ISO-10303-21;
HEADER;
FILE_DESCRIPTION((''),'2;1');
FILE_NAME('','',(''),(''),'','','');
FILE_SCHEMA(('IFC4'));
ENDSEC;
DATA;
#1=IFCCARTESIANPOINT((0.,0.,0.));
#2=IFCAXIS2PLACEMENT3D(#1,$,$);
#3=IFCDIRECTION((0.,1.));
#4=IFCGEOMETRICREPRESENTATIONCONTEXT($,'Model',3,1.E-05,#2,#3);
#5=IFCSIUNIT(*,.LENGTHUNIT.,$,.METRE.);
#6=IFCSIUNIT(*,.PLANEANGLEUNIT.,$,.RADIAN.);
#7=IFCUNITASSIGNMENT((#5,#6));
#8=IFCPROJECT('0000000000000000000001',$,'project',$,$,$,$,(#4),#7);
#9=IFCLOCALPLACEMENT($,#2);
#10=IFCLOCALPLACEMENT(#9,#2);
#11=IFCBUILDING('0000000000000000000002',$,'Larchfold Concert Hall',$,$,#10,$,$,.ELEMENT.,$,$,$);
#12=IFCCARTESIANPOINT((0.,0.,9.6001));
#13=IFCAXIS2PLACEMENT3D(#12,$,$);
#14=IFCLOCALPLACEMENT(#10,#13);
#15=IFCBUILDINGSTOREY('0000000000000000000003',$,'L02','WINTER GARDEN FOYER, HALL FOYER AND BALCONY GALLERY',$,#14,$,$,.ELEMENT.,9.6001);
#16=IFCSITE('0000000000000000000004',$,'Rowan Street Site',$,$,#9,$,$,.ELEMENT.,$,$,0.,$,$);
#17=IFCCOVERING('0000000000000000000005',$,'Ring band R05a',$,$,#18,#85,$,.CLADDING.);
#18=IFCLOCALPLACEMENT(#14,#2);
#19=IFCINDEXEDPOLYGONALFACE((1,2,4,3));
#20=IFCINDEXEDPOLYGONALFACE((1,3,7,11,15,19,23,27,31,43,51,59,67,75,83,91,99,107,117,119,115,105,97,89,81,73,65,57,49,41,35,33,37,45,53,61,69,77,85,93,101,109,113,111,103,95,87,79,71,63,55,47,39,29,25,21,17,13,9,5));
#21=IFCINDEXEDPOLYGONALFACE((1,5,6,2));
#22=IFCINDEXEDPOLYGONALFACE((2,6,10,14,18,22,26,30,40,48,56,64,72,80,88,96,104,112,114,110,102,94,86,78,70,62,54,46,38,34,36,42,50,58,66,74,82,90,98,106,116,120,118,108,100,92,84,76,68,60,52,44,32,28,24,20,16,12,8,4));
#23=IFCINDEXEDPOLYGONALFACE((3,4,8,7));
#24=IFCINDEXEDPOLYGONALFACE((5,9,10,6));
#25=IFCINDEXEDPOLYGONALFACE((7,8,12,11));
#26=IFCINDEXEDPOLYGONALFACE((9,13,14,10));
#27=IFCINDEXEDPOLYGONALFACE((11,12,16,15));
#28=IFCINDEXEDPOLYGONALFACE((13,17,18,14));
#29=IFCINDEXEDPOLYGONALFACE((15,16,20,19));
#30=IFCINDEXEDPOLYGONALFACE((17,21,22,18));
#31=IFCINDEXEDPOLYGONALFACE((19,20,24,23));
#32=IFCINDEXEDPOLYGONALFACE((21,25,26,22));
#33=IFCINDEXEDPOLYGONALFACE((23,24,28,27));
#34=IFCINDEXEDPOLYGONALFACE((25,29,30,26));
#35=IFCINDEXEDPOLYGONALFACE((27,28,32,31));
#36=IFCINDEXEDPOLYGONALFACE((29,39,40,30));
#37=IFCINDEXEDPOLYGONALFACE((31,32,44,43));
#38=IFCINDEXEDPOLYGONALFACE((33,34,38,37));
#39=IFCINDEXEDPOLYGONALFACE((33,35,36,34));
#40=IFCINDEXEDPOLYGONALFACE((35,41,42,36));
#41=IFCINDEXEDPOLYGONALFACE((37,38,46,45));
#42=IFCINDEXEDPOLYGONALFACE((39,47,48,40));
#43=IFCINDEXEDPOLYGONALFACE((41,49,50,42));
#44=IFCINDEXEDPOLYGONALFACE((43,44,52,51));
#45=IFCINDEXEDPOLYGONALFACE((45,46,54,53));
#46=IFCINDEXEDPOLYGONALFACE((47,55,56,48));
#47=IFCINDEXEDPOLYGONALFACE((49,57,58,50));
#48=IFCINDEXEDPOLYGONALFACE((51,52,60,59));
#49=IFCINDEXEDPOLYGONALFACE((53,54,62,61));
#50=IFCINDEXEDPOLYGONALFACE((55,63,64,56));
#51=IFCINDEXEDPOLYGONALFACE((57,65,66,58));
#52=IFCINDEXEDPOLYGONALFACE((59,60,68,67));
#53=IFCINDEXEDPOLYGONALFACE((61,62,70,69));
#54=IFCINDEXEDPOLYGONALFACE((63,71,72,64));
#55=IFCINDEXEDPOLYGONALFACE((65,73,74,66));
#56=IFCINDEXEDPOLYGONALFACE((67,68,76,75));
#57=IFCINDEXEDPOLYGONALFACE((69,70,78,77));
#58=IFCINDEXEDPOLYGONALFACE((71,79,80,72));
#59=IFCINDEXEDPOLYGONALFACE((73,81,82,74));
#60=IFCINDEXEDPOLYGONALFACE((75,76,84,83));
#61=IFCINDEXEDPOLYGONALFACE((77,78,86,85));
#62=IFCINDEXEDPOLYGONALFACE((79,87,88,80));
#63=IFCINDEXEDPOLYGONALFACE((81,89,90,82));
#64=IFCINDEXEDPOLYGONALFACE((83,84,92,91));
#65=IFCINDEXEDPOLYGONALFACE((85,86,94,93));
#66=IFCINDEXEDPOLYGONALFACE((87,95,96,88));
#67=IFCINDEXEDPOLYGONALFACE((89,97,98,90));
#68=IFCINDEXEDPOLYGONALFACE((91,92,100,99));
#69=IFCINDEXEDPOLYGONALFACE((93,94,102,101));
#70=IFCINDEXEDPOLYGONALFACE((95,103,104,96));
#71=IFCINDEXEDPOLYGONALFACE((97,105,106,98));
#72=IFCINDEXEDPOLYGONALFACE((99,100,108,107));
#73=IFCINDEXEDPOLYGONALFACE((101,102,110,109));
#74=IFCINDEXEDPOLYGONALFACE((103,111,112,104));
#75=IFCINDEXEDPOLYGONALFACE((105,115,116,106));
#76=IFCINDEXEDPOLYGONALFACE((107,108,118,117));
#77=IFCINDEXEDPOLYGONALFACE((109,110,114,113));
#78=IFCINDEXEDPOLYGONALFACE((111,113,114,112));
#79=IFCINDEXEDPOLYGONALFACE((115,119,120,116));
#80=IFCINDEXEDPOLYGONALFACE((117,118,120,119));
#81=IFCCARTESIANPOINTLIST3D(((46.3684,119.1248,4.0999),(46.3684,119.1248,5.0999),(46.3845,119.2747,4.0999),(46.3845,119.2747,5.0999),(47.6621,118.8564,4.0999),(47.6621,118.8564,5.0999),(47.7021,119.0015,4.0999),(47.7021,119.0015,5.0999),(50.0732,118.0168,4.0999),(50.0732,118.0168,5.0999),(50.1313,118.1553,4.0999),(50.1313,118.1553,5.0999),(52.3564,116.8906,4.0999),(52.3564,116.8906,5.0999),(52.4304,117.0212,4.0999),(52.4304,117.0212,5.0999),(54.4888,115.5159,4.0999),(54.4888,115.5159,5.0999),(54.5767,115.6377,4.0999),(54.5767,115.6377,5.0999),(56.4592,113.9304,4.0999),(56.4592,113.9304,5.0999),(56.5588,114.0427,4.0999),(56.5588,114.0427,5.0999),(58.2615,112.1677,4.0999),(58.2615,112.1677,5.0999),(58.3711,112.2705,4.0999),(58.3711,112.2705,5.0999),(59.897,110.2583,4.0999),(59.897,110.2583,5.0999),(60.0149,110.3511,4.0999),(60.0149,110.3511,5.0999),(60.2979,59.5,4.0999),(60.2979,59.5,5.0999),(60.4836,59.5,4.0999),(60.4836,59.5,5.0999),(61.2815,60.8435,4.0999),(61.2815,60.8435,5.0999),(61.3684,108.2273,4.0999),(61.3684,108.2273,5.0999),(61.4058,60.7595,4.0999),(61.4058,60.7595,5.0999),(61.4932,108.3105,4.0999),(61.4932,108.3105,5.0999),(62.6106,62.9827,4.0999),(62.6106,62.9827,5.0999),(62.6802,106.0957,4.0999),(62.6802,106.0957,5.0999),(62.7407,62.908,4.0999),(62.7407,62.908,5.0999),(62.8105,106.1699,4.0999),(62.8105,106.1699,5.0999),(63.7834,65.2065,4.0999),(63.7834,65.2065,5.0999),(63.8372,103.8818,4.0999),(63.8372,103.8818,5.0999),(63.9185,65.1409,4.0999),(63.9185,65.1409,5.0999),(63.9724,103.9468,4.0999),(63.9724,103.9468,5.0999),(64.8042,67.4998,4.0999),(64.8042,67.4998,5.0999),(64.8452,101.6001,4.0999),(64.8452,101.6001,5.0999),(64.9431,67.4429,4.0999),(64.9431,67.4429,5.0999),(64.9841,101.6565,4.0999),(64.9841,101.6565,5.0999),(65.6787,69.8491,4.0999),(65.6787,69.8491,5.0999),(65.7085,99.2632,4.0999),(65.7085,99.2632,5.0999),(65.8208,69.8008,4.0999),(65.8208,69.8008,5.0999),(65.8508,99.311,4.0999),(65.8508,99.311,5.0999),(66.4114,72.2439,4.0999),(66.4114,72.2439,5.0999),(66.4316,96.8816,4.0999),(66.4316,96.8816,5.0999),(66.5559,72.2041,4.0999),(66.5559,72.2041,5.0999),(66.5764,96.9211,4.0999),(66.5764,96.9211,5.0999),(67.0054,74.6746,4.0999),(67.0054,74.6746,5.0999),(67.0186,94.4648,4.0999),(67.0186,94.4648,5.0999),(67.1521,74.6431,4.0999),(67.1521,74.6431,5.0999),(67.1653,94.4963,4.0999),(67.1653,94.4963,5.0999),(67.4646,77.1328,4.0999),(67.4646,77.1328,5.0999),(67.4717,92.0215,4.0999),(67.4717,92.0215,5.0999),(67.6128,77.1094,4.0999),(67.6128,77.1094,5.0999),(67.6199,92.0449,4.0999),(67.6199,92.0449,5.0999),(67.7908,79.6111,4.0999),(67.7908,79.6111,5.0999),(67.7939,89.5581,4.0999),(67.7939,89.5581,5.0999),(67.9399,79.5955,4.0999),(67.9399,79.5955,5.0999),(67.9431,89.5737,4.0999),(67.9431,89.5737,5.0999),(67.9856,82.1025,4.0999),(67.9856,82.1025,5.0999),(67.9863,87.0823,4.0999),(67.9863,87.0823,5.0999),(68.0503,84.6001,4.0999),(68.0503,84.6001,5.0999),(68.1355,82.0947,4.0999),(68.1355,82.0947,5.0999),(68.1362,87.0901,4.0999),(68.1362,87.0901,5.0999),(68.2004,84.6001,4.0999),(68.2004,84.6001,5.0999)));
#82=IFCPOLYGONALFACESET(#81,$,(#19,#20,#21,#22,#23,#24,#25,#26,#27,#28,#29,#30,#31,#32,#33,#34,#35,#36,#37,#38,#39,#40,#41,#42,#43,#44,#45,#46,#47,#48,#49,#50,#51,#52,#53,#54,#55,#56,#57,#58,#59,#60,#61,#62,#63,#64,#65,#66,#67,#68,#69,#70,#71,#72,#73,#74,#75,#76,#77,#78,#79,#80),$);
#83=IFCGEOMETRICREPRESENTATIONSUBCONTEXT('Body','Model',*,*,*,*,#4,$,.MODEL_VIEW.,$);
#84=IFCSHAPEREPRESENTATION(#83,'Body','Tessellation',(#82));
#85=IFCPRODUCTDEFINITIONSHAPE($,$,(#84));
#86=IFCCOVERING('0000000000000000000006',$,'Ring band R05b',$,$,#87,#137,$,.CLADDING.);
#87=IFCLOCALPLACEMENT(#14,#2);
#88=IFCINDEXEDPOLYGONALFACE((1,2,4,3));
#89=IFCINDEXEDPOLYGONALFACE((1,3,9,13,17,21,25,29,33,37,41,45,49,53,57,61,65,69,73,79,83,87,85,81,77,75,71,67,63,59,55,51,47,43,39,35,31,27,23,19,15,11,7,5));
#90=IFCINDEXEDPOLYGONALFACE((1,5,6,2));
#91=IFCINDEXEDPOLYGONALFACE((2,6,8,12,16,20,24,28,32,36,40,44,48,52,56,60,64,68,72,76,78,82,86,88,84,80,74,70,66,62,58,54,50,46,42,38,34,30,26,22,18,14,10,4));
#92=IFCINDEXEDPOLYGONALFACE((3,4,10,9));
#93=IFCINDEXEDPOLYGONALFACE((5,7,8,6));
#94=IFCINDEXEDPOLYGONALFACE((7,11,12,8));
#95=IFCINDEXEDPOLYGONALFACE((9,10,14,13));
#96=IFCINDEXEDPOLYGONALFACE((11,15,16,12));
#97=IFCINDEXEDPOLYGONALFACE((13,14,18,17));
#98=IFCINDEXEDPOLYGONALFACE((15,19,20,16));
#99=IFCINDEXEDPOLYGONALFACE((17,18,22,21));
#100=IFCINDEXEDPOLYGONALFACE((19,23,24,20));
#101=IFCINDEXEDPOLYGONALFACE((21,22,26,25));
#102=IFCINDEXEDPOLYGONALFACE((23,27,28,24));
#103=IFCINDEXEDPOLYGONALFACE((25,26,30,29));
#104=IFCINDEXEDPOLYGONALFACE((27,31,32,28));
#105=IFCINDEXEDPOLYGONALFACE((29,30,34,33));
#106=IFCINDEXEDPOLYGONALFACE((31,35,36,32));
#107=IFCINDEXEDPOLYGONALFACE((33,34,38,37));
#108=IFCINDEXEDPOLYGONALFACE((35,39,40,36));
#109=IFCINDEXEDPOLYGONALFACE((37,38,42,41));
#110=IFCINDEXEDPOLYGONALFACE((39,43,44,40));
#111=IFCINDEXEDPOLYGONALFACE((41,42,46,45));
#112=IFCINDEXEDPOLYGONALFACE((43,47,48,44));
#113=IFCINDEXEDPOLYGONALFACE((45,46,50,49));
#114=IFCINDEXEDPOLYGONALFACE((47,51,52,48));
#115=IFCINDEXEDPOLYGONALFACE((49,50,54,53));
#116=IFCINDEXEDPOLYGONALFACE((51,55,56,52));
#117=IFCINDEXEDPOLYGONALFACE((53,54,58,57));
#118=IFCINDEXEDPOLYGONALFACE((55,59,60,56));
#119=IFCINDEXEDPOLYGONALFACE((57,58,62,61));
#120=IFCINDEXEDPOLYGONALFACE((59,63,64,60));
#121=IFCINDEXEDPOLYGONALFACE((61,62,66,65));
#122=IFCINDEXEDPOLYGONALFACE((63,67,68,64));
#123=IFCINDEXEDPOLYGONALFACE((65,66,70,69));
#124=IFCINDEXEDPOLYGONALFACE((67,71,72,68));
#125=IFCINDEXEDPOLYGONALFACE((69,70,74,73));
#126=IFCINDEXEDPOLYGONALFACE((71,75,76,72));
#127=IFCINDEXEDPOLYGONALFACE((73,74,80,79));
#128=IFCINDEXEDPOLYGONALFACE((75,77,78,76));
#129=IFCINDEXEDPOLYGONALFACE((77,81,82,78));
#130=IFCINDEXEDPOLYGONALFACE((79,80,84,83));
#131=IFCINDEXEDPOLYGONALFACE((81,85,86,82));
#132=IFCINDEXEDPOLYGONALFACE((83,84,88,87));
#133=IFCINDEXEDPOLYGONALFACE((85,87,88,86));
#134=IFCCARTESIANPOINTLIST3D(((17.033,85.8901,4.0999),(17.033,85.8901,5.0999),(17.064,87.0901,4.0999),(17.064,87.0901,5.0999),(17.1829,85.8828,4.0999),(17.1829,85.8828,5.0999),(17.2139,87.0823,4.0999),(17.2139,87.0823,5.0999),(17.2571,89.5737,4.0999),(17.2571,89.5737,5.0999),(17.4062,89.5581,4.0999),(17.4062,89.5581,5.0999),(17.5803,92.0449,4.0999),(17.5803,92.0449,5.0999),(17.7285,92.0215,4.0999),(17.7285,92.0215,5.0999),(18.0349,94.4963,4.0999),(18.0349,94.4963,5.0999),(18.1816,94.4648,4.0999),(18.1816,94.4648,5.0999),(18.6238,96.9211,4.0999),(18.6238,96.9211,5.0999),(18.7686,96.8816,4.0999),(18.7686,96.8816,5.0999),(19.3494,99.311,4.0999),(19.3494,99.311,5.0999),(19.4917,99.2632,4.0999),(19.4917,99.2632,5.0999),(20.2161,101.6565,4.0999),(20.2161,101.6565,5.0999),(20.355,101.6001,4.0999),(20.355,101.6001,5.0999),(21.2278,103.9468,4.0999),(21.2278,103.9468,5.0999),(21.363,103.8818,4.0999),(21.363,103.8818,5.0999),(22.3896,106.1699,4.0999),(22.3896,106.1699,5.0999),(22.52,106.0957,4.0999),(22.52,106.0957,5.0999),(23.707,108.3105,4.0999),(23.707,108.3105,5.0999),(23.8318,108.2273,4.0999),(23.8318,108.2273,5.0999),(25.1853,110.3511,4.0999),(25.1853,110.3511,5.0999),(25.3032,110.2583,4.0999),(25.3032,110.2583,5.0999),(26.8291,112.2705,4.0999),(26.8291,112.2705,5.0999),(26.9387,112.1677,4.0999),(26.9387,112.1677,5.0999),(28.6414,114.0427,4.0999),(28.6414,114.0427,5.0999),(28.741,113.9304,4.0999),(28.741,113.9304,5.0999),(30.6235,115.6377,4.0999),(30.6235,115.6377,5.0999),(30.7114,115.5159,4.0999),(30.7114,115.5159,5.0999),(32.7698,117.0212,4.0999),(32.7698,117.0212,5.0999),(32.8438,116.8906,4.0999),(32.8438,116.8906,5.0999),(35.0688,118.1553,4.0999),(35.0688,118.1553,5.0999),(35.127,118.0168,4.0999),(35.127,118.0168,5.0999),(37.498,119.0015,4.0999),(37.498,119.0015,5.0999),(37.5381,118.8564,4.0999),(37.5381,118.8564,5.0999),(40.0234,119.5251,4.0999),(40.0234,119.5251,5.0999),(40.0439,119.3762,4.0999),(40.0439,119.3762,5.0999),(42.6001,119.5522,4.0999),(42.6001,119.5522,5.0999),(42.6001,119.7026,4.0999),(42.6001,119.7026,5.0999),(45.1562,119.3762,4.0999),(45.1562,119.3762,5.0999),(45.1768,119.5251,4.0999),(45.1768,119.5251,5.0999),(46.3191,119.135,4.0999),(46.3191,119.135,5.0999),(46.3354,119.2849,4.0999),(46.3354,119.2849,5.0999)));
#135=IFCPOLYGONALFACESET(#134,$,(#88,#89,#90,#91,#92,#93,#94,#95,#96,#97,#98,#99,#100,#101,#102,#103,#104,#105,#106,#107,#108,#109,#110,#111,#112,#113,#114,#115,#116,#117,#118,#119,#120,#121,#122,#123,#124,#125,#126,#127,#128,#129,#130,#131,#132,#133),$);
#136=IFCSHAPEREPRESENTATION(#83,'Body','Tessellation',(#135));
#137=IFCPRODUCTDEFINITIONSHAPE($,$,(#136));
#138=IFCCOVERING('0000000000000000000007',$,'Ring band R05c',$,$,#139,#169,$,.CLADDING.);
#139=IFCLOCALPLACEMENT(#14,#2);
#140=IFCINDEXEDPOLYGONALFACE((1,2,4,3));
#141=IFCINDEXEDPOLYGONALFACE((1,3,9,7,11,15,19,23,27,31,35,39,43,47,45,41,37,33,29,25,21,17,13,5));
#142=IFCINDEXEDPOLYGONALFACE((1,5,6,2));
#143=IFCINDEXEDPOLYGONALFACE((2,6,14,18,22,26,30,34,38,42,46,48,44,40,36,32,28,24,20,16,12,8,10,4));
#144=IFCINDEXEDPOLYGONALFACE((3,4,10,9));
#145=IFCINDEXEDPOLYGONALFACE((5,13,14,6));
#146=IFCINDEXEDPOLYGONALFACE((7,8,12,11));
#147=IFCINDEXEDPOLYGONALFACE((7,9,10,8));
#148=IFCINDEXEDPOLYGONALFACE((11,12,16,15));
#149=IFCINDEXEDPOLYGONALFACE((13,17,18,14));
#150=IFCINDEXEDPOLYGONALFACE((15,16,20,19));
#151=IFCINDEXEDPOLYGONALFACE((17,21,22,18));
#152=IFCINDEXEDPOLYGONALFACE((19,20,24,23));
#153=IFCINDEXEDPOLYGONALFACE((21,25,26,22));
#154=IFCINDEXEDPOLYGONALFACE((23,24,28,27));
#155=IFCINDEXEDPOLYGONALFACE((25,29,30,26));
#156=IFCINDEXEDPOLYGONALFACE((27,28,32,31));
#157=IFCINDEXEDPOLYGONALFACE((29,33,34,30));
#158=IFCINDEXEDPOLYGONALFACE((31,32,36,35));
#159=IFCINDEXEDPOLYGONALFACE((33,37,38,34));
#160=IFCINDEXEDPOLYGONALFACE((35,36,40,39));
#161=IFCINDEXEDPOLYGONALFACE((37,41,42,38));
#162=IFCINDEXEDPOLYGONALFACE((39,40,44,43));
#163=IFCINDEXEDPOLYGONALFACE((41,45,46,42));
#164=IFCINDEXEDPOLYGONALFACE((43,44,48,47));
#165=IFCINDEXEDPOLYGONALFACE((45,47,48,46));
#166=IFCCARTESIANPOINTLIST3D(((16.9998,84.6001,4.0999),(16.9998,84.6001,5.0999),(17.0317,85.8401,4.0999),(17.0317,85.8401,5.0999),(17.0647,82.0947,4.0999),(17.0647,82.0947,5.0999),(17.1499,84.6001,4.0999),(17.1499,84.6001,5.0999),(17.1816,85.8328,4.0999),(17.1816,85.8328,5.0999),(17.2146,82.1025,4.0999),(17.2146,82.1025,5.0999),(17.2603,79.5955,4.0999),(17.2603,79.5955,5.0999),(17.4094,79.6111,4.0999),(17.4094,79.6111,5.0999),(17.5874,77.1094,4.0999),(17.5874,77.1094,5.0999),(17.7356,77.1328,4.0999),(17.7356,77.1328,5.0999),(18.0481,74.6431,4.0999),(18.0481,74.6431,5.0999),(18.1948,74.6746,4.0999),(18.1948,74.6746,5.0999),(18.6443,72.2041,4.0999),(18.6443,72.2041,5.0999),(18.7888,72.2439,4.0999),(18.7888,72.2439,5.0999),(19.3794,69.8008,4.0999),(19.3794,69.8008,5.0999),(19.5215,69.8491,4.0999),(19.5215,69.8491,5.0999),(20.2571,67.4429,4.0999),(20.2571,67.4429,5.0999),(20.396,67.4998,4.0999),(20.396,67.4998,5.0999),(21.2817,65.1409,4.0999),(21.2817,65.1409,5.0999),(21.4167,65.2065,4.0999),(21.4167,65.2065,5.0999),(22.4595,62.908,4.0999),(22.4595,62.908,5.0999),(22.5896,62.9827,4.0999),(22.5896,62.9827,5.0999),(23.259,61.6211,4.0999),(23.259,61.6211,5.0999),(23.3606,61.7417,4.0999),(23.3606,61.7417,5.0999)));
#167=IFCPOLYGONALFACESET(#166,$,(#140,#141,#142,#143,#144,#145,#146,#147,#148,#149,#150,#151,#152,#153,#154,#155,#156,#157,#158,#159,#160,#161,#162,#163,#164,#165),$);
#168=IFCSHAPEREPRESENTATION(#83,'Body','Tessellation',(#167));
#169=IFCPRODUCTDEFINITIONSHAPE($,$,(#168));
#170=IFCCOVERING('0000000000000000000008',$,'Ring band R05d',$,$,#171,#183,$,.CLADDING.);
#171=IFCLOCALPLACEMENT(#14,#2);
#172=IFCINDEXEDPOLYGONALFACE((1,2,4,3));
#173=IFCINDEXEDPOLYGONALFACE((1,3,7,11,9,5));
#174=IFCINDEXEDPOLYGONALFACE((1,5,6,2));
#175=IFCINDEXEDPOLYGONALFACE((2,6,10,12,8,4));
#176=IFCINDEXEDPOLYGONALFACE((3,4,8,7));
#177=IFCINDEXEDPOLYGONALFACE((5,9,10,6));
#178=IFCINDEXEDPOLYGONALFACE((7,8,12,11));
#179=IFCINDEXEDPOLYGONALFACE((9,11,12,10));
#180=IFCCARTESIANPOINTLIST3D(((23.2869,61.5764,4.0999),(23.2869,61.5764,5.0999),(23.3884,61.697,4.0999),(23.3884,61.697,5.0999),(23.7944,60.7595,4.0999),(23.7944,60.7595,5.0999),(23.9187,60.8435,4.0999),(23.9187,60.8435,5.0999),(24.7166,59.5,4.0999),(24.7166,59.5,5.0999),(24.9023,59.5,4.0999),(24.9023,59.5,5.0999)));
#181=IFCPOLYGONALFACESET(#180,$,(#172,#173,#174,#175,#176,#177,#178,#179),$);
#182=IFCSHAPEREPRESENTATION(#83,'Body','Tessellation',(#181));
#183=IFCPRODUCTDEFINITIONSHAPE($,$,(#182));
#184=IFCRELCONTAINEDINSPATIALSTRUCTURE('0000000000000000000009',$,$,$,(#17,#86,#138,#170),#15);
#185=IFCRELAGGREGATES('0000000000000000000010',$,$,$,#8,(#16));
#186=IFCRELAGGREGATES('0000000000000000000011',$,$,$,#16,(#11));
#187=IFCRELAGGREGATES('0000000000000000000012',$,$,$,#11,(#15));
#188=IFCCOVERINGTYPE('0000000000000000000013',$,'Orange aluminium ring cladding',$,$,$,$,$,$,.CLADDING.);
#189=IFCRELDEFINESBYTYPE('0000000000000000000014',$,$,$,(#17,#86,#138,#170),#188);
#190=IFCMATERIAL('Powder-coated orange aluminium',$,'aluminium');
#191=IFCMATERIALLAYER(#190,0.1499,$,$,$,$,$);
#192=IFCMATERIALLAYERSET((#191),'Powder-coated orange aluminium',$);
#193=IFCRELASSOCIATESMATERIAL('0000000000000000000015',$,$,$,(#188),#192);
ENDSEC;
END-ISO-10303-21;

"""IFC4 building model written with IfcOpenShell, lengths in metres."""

from ifc_helpers import new_model, si_unit, direction, frame, origin, place, context, subcontext, project, spatial, polyline, outline, extrude, material, layer, layer_set, type_object, element, save


model = new_model("IFC4")

# Units and contexts
model_context = context("Model", 3, precision=1e-05, world=origin(), true_north=direction((0.0, 1.0)))
body_context = subcontext(model_context, "Body", "Model", "MODEL_VIEW")
ifc_project = project(units=[si_unit("LENGTHUNIT", "METRE"), si_unit("PLANEANGLEUNIT", "RADIAN")], contexts=[model_context])

# Site, building, storey
site_placement = place(None, origin())
site = spatial("IfcSite", under=ifc_project, at=site_placement, Name="Rowan Street Site", CompositionType="ELEMENT", RefElevation=0.0)
building_placement = place(site_placement, origin())
building = spatial("IfcBuilding", under=site, at=building_placement, Name="Larchfold Concert Hall", CompositionType="ELEMENT")
storey_placement = place(building_placement, frame((0.0, 0.0, 9.6001)))
storey = spatial("IfcBuildingStorey", under=building, at=storey_placement, Name="L02", Description="WINTER GARDEN FOYER, HALL FOYER AND BALCONY GALLERY", CompositionType="ELEMENT", Elevation=9.6001)

# Coverings
ifc_material_1 = material(Name="Powder-coated orange aluminium", Category="aluminium")
ifc_layer_1 = layer(ifc_material_1, 0.1499)
ifc_layer_set_1 = layer_set([ifc_layer_1], Name="Powder-coated orange aluminium")
covering_type_1 = type_object("IfcCoveringType", Name="Orange aluminium ring cladding", PredefinedType="CLADDING", material=ifc_layer_set_1)
covering_1_placement = place(storey_placement, frame((0.0, 0.0, 4.0999)))
element("IfcCovering", 1, at=covering_1_placement, inside=storey, type_object=covering_type_1, Name="Ring band R05a", PredefinedType="CLADDING", context=body_context, shape_type="SweptSolid", body=[
    extrude(outline(polyline([(67.1521, 74.6431), (67.6128, 77.1094), (67.9399, 79.5955), (68.1355, 82.0947), (68.2004, 84.6001), (68.1362, 87.0901), (67.9431, 89.5737), (67.6199, 92.0449), (67.1653, 94.4963), (66.5764, 96.9211), (65.8508, 99.311), (64.9841, 101.6565), (63.9724, 103.9468), (62.8105, 106.1699), (61.4932, 108.3105), (60.0149, 110.3511), (58.3711, 112.2705), (56.5588, 114.0427), (54.5767, 115.6377), (52.4304, 117.0212), (50.1313, 118.1553), (47.7021, 119.0015), (46.3845, 119.2747), (46.3684, 119.1248), (47.6621, 118.8564), (50.0732, 118.0168), (52.3564, 116.8906), (54.4888, 115.5159), (56.4592, 113.9304), (58.2615, 112.1677), (59.897, 110.2583), (61.3684, 108.2273), (62.6802, 106.0957), (63.8372, 103.8818), (64.8452, 101.6001), (65.7085, 99.2632), (66.4316, 96.8816), (67.0186, 94.4648), (67.4717, 92.0215), (67.7939, 89.5581), (67.9863, 87.0823), (68.0503, 84.6001), (67.9856, 82.1025), (67.7908, 79.6111), (67.4646, 77.1328), (67.0054, 74.6746), (66.4114, 72.2439), (65.6787, 69.8491), (64.8042, 67.4998), (63.7834, 65.2065), (62.6106, 62.9827), (61.2815, 60.8435), (60.2979, 59.5), (60.4836, 59.5), (61.4058, 60.7595), (62.7407, 62.908), (63.9185, 65.1409), (64.9431, 67.4429), (65.8208, 69.8008), (66.5559, 72.2041), (67.1521, 74.6431)])), origin(), (0.0, 0.0, 1.0), 1.0),
])
covering_2_placement = place(storey_placement, frame((0.0, 0.0, 4.0999)))
element("IfcCovering", 2, at=covering_2_placement, inside=storey, type_object=covering_type_1, Name="Ring band R05b", PredefinedType="CLADDING", context=body_context, shape_type="SweptSolid", body=[
    extrude(outline(polyline([(42.6001, 119.5522), (45.1562, 119.3762), (46.3191, 119.135), (46.3354, 119.2849), (45.1768, 119.5251), (42.6001, 119.7026), (40.0234, 119.5251), (37.498, 119.0015), (35.0688, 118.1553), (32.7698, 117.0212), (30.6235, 115.6377), (28.6414, 114.0427), (26.8291, 112.2705), (25.1853, 110.3511), (23.707, 108.3105), (22.3896, 106.1699), (21.2278, 103.9468), (20.2161, 101.6565), (19.3494, 99.311), (18.6238, 96.9211), (18.0349, 94.4963), (17.5803, 92.0449), (17.2571, 89.5737), (17.064, 87.0901), (17.033, 85.8901), (17.1829, 85.8828), (17.2139, 87.0823), (17.4062, 89.5581), (17.7285, 92.0215), (18.1816, 94.4648), (18.7686, 96.8816), (19.4917, 99.2632), (20.355, 101.6001), (21.363, 103.8818), (22.52, 106.0957), (23.8318, 108.2273), (25.3032, 110.2583), (26.9387, 112.1677), (28.741, 113.9304), (30.7114, 115.5159), (32.8438, 116.8906), (35.127, 118.0168), (37.5381, 118.8564), (40.0439, 119.3762), (42.6001, 119.5522)])), origin(), (0.0, 0.0, 1.0), 1.0),
])
covering_3_placement = place(storey_placement, frame((0.0, 0.0, 4.0999)))
element("IfcCovering", 3, at=covering_3_placement, inside=storey, type_object=covering_type_1, Name="Ring band R05c", PredefinedType="CLADDING", context=body_context, shape_type="SweptSolid", body=[
    extrude(outline(polyline([(17.1499, 84.6001), (17.1816, 85.8328), (17.0317, 85.8401), (16.9998, 84.6001), (17.0647, 82.0947), (17.2603, 79.5955), (17.5874, 77.1094), (18.0481, 74.6431), (18.6443, 72.2041), (19.3794, 69.8008), (20.2571, 67.4429), (21.2817, 65.1409), (22.4595, 62.908), (23.259, 61.6211), (23.3606, 61.7417), (22.5896, 62.9827), (21.4167, 65.2065), (20.396, 67.4998), (19.5215, 69.8491), (18.7888, 72.2439), (18.1948, 74.6746), (17.7356, 77.1328), (17.4094, 79.6111), (17.2146, 82.1025), (17.1499, 84.6001)])), origin(), (0.0, 0.0, 1.0), 1.0),
])
covering_4_placement = place(storey_placement, frame((0.0, 0.0, 4.0999)))
element("IfcCovering", 4, at=covering_4_placement, inside=storey, type_object=covering_type_1, Name="Ring band R05d", PredefinedType="CLADDING", context=body_context, shape_type="SweptSolid", body=[
    extrude(outline(polyline([(23.3884, 61.697), (23.2869, 61.5764), (23.7944, 60.7595), (24.7166, 59.5), (24.9023, 59.5), (23.9187, 60.8435), (23.3884, 61.697)])), origin(), (0.0, 0.0, 1.0), 1.0),
])

save(model, "model.ifc")
